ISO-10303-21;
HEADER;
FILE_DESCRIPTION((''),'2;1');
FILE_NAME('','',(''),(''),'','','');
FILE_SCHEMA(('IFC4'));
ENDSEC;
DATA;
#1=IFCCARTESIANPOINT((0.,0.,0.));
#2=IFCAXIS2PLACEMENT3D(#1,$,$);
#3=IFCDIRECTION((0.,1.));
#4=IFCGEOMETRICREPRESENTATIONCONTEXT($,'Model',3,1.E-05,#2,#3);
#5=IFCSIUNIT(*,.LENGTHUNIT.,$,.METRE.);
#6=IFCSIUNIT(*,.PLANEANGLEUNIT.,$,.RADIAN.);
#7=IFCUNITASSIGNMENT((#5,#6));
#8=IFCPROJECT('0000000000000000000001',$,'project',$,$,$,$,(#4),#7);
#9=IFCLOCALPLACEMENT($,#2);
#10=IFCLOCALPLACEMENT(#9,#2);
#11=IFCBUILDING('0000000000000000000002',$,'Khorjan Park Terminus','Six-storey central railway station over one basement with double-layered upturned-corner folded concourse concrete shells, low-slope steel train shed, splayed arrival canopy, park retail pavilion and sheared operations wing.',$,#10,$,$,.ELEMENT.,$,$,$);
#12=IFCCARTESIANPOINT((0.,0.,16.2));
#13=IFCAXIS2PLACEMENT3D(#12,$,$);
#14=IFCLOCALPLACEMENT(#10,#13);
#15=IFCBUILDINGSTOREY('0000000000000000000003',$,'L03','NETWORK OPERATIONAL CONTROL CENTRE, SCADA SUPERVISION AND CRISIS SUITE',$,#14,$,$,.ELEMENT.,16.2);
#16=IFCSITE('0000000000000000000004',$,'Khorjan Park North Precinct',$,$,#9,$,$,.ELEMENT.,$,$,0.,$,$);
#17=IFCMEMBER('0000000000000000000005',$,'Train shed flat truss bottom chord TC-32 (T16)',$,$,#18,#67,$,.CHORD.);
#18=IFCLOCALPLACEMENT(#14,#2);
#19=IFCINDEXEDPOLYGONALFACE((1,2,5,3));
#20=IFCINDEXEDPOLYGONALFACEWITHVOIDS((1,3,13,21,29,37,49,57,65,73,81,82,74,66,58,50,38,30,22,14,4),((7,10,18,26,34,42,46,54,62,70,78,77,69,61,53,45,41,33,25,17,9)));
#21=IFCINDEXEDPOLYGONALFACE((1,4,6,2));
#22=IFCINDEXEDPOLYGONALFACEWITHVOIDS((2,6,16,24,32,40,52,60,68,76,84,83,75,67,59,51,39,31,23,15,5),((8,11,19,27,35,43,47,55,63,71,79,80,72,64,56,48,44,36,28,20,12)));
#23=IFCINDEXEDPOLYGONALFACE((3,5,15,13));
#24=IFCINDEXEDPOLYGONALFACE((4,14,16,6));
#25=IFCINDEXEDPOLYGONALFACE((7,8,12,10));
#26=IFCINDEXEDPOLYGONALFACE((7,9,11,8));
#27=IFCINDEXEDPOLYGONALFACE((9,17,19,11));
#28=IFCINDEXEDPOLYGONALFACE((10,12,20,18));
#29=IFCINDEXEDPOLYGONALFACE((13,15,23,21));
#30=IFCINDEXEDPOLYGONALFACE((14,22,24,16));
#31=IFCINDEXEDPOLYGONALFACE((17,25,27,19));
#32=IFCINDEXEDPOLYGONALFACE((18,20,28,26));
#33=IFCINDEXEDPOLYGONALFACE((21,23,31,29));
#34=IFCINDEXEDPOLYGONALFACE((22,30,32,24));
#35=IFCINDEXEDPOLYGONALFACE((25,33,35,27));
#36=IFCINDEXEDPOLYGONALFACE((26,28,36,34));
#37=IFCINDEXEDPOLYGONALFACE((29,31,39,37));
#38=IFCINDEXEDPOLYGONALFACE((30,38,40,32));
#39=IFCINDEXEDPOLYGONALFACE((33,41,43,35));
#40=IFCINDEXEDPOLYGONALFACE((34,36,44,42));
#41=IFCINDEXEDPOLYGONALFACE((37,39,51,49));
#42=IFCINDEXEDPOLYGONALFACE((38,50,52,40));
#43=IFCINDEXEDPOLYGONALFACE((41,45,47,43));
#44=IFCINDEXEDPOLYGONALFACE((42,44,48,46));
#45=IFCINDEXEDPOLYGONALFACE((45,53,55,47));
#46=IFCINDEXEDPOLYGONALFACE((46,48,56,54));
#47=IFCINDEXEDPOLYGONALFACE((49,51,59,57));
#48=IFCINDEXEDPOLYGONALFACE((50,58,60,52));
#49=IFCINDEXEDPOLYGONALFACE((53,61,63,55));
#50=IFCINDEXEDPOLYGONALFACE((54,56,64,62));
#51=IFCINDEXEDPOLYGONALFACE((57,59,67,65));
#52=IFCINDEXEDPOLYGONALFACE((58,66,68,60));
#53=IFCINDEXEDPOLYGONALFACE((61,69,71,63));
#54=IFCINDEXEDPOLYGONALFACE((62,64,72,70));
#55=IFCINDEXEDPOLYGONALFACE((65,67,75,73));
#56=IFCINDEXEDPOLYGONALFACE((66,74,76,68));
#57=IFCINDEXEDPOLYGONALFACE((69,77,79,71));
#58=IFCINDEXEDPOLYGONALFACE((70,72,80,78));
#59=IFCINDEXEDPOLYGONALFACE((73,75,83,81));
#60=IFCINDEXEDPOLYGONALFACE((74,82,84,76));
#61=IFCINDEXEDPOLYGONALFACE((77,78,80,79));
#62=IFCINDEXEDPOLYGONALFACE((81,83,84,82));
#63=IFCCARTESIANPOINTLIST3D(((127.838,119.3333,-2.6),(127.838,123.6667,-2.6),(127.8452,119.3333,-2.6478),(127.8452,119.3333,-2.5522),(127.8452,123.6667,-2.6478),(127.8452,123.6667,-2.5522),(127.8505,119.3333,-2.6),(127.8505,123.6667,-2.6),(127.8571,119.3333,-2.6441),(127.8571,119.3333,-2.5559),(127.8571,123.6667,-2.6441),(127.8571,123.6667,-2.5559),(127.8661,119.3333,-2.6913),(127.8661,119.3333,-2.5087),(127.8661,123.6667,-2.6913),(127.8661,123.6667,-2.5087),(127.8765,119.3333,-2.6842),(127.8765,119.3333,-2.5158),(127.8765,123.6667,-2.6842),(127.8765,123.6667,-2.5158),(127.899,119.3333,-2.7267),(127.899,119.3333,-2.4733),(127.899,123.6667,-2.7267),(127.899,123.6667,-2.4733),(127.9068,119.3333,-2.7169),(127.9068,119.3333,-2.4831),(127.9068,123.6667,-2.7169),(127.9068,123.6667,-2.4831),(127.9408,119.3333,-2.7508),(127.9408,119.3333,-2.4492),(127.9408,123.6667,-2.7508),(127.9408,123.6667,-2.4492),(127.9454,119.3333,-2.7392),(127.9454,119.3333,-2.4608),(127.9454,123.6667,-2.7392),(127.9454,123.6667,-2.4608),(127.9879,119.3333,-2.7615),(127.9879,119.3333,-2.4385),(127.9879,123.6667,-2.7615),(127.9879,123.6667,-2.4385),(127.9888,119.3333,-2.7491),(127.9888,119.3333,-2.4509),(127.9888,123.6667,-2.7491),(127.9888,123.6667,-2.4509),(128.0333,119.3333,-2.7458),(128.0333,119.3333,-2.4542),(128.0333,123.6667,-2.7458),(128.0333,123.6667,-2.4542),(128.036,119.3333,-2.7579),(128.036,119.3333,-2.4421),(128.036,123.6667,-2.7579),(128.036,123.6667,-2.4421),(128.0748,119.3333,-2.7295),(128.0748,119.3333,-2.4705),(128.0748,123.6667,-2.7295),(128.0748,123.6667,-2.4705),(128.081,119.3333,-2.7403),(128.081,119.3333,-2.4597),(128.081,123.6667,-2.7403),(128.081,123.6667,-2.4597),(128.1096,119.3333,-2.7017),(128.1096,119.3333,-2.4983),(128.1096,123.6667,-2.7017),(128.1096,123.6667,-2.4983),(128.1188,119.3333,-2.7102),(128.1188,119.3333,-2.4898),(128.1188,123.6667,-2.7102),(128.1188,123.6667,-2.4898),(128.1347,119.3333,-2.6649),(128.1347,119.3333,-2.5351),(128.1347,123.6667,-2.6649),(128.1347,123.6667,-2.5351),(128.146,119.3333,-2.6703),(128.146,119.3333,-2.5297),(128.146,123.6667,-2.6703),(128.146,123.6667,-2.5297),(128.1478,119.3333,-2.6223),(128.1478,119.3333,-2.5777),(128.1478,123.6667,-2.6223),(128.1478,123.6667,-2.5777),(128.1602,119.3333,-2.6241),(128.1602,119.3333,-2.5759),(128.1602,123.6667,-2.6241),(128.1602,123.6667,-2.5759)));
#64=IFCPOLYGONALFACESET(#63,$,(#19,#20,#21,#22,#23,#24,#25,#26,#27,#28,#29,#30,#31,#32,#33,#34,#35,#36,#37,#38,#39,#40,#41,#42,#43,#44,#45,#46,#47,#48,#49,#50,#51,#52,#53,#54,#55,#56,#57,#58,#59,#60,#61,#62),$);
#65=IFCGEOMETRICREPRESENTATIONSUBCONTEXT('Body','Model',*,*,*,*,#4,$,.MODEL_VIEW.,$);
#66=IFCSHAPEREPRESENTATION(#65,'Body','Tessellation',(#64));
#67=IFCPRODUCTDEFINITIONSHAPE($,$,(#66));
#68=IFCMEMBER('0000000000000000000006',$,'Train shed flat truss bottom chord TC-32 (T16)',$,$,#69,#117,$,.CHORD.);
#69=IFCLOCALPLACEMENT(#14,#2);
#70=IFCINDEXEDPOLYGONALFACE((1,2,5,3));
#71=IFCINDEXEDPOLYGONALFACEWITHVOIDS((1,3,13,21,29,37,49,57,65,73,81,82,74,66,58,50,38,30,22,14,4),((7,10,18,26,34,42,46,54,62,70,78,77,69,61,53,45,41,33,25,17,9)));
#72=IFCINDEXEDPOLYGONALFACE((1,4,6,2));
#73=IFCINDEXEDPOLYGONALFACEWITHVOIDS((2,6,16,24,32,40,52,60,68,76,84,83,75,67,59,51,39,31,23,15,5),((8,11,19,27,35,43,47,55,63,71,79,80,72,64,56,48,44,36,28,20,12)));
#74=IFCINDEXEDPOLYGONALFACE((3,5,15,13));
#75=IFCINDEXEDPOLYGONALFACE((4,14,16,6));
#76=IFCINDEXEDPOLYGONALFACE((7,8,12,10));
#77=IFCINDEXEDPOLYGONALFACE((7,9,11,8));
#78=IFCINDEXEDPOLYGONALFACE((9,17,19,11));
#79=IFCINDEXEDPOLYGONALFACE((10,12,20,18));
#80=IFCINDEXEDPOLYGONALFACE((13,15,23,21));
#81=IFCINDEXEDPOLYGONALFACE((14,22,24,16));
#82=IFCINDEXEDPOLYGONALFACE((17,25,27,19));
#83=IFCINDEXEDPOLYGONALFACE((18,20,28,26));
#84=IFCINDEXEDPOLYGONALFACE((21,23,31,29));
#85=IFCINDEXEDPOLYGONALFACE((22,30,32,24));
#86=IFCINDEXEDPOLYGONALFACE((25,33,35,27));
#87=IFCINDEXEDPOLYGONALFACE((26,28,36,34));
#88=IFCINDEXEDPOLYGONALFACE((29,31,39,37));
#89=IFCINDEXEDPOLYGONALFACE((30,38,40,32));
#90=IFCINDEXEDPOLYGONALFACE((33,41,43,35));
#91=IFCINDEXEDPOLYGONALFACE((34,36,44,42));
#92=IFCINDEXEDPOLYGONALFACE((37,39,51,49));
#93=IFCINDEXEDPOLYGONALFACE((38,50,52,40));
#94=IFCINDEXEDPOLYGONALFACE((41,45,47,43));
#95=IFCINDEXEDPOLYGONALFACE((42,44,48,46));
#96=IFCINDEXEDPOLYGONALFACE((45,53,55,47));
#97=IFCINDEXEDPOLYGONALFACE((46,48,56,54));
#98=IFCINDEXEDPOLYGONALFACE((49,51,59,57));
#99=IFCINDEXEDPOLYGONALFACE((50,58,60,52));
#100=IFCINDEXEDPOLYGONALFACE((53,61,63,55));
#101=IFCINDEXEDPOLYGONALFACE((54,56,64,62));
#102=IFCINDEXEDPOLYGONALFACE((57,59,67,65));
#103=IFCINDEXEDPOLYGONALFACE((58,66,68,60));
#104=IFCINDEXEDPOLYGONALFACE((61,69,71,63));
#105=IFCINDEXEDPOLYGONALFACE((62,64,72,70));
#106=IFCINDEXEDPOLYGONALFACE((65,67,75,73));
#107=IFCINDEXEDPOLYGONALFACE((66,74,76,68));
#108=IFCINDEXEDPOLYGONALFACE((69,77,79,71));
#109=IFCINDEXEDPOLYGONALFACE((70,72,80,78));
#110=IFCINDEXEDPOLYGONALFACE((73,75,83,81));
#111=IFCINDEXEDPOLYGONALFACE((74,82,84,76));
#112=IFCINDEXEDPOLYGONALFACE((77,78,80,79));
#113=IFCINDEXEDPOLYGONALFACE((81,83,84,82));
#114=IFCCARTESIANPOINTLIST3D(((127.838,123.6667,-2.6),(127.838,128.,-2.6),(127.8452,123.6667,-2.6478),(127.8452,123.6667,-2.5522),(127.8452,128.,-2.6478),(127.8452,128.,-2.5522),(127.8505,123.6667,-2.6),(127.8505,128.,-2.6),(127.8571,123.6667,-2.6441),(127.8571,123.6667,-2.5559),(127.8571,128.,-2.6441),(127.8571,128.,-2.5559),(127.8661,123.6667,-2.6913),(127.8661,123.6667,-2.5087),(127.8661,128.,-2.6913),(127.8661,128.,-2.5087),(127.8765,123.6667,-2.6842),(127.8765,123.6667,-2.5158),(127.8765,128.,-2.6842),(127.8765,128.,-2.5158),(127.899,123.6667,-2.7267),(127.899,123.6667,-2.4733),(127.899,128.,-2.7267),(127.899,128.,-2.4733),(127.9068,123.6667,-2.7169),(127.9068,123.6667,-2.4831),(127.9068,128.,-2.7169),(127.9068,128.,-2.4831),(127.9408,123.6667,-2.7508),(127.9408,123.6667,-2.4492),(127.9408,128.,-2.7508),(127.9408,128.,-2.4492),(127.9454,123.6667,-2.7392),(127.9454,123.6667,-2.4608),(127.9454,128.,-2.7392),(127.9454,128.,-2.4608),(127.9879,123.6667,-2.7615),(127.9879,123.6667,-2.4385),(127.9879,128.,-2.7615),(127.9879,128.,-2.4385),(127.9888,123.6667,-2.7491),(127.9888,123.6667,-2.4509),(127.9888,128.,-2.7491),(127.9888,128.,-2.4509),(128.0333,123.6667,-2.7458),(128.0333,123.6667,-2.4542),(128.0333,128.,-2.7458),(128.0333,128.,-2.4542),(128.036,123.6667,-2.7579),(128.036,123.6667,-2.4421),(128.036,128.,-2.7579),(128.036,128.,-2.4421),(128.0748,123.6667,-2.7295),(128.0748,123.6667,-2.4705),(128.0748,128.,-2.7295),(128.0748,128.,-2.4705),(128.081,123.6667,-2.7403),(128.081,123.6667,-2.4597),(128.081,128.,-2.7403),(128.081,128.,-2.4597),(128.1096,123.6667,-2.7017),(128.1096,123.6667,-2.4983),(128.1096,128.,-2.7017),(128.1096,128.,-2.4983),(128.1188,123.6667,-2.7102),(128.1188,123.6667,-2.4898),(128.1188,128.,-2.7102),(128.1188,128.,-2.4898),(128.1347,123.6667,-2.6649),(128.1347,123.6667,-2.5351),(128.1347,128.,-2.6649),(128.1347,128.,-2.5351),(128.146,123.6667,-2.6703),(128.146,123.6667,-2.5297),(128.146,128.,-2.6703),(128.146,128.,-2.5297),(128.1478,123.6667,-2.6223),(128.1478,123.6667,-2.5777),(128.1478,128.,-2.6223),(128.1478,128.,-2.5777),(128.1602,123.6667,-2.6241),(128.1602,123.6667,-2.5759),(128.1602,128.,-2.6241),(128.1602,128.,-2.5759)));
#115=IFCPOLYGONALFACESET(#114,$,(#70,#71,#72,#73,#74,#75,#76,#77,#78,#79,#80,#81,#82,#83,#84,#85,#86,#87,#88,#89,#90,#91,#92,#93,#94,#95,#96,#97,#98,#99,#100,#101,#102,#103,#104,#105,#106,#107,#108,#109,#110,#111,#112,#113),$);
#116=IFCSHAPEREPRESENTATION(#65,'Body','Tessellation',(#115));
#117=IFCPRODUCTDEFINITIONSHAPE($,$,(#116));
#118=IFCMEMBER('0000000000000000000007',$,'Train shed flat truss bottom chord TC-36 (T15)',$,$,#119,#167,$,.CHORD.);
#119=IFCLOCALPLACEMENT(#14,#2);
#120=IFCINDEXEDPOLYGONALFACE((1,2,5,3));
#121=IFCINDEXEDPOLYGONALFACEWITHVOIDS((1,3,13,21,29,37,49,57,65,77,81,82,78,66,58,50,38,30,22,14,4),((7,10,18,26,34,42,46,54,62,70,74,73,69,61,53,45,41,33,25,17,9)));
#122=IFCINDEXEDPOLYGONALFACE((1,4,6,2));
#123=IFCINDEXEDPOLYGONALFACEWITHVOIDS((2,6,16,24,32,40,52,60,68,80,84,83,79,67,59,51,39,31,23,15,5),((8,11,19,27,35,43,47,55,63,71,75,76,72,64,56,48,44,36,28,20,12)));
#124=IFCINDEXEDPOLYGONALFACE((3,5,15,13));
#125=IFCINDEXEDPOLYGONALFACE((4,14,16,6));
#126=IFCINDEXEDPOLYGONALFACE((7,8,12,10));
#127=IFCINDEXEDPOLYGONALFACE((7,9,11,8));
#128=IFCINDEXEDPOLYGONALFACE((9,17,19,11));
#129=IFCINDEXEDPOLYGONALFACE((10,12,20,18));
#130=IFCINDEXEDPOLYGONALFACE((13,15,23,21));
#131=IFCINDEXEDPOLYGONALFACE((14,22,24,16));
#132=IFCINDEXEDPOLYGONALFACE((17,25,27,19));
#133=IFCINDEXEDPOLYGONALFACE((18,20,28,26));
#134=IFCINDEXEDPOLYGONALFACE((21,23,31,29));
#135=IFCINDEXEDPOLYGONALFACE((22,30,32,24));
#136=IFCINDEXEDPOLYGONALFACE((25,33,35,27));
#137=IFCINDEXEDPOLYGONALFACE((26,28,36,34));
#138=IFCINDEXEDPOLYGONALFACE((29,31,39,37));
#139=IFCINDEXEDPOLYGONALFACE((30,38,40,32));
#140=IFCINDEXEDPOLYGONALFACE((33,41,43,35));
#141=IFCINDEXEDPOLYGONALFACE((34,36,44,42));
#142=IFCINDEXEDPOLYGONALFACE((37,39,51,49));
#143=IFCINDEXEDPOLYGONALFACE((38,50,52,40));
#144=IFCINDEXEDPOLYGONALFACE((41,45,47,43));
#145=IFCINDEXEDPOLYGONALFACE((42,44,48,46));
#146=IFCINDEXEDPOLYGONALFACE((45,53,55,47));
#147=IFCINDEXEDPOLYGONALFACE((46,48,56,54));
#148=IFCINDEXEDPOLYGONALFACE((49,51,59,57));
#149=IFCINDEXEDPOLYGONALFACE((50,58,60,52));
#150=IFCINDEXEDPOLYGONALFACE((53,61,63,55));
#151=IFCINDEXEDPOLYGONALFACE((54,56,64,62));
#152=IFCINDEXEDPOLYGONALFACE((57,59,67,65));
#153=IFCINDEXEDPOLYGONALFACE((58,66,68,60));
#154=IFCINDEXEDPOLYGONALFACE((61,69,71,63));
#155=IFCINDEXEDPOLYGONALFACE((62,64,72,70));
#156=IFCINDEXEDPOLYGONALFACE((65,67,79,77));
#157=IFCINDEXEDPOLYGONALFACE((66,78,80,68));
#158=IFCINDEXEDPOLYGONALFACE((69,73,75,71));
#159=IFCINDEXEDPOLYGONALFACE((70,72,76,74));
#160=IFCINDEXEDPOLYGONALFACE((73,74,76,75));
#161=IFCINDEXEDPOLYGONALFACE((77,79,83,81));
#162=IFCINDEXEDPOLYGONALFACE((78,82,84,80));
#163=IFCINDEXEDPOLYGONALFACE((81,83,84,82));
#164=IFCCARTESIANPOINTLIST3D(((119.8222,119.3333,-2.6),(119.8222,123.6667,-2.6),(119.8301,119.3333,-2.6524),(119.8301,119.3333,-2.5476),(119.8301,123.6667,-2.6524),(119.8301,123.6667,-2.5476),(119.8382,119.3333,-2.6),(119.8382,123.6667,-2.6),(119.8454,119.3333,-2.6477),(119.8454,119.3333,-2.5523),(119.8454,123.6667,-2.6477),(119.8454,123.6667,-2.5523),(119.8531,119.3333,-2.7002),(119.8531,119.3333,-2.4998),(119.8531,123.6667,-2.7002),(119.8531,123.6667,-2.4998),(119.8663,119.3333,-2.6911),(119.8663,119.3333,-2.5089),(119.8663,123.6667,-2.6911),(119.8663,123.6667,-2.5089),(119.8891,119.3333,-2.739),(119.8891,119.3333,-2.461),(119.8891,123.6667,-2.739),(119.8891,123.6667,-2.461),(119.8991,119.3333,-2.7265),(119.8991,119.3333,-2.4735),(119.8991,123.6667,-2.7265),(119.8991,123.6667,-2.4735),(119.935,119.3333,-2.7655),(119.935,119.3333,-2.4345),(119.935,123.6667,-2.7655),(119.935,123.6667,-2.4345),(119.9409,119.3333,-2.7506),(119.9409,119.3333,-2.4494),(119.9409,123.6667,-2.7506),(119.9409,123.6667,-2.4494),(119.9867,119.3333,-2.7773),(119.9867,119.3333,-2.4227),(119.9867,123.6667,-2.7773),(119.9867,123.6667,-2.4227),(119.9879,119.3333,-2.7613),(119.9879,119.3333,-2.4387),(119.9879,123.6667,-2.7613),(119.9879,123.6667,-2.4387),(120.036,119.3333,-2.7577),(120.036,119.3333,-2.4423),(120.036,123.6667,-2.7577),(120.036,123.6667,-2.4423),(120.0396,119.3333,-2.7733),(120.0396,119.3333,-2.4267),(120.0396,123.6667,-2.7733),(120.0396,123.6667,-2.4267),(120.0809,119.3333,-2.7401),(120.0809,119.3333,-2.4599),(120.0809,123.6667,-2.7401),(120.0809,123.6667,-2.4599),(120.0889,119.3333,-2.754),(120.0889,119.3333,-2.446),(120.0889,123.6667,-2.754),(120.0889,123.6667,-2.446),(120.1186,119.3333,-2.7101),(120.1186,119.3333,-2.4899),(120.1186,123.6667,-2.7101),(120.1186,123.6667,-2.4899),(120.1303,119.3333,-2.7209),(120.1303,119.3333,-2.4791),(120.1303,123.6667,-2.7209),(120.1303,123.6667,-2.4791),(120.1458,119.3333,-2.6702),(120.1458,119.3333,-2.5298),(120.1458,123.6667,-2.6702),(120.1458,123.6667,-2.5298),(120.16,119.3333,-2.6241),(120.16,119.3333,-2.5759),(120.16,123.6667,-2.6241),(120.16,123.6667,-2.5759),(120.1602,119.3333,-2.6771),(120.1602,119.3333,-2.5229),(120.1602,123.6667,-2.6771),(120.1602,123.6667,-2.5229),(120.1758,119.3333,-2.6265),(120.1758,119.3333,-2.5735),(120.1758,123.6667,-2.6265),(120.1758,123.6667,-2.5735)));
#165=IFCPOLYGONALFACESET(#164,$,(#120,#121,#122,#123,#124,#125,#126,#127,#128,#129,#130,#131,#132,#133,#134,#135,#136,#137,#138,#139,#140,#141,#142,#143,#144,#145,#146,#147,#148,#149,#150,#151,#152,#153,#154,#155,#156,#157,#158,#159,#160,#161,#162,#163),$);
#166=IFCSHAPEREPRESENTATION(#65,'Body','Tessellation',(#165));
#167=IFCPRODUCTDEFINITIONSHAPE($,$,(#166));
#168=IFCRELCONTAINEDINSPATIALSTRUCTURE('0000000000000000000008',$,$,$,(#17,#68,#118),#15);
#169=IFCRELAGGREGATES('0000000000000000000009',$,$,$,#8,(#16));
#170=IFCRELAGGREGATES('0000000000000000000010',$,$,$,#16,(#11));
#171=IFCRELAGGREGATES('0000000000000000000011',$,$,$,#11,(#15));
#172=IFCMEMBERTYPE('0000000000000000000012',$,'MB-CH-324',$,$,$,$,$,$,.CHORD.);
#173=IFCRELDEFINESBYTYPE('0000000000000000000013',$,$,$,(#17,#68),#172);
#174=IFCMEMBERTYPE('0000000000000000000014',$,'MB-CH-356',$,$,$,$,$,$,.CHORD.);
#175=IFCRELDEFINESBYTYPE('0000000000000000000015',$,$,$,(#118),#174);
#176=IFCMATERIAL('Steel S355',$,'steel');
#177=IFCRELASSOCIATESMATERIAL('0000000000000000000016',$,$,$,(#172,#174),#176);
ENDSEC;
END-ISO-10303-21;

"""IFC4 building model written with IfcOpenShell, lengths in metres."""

from ifc_helpers import new_model, si_unit, direction, frame, origin, origin_2d, place, context, subcontext, project, spatial, hollow_circle, extrude, material, material_profile, profile_set, type_object, element, save


model = new_model("IFC4")

# Units and contexts
model_context = context("Model", 3, precision=1e-05, world=origin(), true_north=direction((0.0, 1.0)))
body_context = subcontext(model_context, "Body", "Model", "MODEL_VIEW")
ifc_project = project(units=[si_unit("LENGTHUNIT", "METRE"), si_unit("PLANEANGLEUNIT", "RADIAN")], contexts=[model_context])

# Site, building, storey
site_placement = place(None, origin())
site = spatial("IfcSite", under=ifc_project, at=site_placement, Name="Khorjan Park North Precinct", CompositionType="ELEMENT", RefElevation=0.0)
building_placement = place(site_placement, origin())
building = spatial("IfcBuilding", under=site, at=building_placement, Name="Khorjan Park Terminus", Description="Six-storey central railway station over one basement with double-layered upturned-corner folded concourse concrete shells, low-slope steel train shed, splayed arrival canopy, park retail pavilion and sheared operations wing.", CompositionType="ELEMENT")
storey_placement = place(building_placement, frame((0.0, 0.0, 16.2)))
storey = spatial("IfcBuildingStorey", under=building, at=storey_placement, Name="L03", Description="NETWORK OPERATIONAL CONTROL CENTRE, SCADA SUPERVISION AND CRISIS SUITE", CompositionType="ELEMENT", Elevation=16.2)

# Members
ifc_material = material(Name="Steel S355", Category="steel")
ifc_material_profile_1 = material_profile(ifc_material, hollow_circle(Radius=0.162, WallThickness=0.0125, at=origin_2d()), Name="CHS 323.9x12.5")
ifc_profile_set_1 = profile_set([ifc_material_profile_1], Name="Steel S355")
member_type_1 = type_object("IfcMemberType", Name="MB-CH-324", PredefinedType="CHORD", material=ifc_profile_set_1)
member_1_placement = place(storey_placement, frame((128.0, 119.3333, -2.6), z_axis=(0.0, 1.0, 0.0), x_axis=(-1.0, 0.0, 0.0)))
element("IfcMember", 1, at=member_1_placement, inside=storey, type_object=member_type_1, Name="Train shed flat truss bottom chord TC-32 (T16)", PredefinedType="CHORD", context=body_context, shape_type="SweptSolid", body=[
    extrude(hollow_circle(Radius=0.162, WallThickness=0.0125, at=origin_2d()), origin(), (0.0, 0.0, 1.0), 4.3334),
])
member_2_placement = place(storey_placement, frame((128.0, 123.6667, -2.6), z_axis=(0.0, 1.0, 0.0), x_axis=(-1.0, 0.0, 0.0)))
element("IfcMember", 2, at=member_2_placement, inside=storey, type_object=member_type_1, Name="Train shed flat truss bottom chord TC-32 (T16)", PredefinedType="CHORD", context=body_context, shape_type="SweptSolid", body=[
    extrude(hollow_circle(Radius=0.162, WallThickness=0.0125, at=origin_2d()), origin(), (0.0, 0.0, 1.0), 4.3333),
])
ifc_material_profile_2 = material_profile(ifc_material, hollow_circle(Radius=0.1778, WallThickness=0.016, at=origin_2d()), Name="CHS 355.6x16")
ifc_profile_set_2 = profile_set([ifc_material_profile_2], Name="Steel S355")
member_type_2 = type_object("IfcMemberType", Name="MB-CH-356", PredefinedType="CHORD", material=ifc_profile_set_2)
member_3_placement = place(storey_placement, frame((120.0, 119.3333, -2.6), z_axis=(0.0, 1.0, 0.0), x_axis=(-1.0, 0.0, 0.0)))
element("IfcMember", 3, at=member_3_placement, inside=storey, type_object=member_type_2, Name="Train shed flat truss bottom chord TC-36 (T15)", PredefinedType="CHORD", context=body_context, shape_type="SweptSolid", body=[
    extrude(hollow_circle(Radius=0.1778, WallThickness=0.016, at=origin_2d()), origin(), (0.0, 0.0, 1.0), 4.3334),
])

save(model, "model.ifc")
